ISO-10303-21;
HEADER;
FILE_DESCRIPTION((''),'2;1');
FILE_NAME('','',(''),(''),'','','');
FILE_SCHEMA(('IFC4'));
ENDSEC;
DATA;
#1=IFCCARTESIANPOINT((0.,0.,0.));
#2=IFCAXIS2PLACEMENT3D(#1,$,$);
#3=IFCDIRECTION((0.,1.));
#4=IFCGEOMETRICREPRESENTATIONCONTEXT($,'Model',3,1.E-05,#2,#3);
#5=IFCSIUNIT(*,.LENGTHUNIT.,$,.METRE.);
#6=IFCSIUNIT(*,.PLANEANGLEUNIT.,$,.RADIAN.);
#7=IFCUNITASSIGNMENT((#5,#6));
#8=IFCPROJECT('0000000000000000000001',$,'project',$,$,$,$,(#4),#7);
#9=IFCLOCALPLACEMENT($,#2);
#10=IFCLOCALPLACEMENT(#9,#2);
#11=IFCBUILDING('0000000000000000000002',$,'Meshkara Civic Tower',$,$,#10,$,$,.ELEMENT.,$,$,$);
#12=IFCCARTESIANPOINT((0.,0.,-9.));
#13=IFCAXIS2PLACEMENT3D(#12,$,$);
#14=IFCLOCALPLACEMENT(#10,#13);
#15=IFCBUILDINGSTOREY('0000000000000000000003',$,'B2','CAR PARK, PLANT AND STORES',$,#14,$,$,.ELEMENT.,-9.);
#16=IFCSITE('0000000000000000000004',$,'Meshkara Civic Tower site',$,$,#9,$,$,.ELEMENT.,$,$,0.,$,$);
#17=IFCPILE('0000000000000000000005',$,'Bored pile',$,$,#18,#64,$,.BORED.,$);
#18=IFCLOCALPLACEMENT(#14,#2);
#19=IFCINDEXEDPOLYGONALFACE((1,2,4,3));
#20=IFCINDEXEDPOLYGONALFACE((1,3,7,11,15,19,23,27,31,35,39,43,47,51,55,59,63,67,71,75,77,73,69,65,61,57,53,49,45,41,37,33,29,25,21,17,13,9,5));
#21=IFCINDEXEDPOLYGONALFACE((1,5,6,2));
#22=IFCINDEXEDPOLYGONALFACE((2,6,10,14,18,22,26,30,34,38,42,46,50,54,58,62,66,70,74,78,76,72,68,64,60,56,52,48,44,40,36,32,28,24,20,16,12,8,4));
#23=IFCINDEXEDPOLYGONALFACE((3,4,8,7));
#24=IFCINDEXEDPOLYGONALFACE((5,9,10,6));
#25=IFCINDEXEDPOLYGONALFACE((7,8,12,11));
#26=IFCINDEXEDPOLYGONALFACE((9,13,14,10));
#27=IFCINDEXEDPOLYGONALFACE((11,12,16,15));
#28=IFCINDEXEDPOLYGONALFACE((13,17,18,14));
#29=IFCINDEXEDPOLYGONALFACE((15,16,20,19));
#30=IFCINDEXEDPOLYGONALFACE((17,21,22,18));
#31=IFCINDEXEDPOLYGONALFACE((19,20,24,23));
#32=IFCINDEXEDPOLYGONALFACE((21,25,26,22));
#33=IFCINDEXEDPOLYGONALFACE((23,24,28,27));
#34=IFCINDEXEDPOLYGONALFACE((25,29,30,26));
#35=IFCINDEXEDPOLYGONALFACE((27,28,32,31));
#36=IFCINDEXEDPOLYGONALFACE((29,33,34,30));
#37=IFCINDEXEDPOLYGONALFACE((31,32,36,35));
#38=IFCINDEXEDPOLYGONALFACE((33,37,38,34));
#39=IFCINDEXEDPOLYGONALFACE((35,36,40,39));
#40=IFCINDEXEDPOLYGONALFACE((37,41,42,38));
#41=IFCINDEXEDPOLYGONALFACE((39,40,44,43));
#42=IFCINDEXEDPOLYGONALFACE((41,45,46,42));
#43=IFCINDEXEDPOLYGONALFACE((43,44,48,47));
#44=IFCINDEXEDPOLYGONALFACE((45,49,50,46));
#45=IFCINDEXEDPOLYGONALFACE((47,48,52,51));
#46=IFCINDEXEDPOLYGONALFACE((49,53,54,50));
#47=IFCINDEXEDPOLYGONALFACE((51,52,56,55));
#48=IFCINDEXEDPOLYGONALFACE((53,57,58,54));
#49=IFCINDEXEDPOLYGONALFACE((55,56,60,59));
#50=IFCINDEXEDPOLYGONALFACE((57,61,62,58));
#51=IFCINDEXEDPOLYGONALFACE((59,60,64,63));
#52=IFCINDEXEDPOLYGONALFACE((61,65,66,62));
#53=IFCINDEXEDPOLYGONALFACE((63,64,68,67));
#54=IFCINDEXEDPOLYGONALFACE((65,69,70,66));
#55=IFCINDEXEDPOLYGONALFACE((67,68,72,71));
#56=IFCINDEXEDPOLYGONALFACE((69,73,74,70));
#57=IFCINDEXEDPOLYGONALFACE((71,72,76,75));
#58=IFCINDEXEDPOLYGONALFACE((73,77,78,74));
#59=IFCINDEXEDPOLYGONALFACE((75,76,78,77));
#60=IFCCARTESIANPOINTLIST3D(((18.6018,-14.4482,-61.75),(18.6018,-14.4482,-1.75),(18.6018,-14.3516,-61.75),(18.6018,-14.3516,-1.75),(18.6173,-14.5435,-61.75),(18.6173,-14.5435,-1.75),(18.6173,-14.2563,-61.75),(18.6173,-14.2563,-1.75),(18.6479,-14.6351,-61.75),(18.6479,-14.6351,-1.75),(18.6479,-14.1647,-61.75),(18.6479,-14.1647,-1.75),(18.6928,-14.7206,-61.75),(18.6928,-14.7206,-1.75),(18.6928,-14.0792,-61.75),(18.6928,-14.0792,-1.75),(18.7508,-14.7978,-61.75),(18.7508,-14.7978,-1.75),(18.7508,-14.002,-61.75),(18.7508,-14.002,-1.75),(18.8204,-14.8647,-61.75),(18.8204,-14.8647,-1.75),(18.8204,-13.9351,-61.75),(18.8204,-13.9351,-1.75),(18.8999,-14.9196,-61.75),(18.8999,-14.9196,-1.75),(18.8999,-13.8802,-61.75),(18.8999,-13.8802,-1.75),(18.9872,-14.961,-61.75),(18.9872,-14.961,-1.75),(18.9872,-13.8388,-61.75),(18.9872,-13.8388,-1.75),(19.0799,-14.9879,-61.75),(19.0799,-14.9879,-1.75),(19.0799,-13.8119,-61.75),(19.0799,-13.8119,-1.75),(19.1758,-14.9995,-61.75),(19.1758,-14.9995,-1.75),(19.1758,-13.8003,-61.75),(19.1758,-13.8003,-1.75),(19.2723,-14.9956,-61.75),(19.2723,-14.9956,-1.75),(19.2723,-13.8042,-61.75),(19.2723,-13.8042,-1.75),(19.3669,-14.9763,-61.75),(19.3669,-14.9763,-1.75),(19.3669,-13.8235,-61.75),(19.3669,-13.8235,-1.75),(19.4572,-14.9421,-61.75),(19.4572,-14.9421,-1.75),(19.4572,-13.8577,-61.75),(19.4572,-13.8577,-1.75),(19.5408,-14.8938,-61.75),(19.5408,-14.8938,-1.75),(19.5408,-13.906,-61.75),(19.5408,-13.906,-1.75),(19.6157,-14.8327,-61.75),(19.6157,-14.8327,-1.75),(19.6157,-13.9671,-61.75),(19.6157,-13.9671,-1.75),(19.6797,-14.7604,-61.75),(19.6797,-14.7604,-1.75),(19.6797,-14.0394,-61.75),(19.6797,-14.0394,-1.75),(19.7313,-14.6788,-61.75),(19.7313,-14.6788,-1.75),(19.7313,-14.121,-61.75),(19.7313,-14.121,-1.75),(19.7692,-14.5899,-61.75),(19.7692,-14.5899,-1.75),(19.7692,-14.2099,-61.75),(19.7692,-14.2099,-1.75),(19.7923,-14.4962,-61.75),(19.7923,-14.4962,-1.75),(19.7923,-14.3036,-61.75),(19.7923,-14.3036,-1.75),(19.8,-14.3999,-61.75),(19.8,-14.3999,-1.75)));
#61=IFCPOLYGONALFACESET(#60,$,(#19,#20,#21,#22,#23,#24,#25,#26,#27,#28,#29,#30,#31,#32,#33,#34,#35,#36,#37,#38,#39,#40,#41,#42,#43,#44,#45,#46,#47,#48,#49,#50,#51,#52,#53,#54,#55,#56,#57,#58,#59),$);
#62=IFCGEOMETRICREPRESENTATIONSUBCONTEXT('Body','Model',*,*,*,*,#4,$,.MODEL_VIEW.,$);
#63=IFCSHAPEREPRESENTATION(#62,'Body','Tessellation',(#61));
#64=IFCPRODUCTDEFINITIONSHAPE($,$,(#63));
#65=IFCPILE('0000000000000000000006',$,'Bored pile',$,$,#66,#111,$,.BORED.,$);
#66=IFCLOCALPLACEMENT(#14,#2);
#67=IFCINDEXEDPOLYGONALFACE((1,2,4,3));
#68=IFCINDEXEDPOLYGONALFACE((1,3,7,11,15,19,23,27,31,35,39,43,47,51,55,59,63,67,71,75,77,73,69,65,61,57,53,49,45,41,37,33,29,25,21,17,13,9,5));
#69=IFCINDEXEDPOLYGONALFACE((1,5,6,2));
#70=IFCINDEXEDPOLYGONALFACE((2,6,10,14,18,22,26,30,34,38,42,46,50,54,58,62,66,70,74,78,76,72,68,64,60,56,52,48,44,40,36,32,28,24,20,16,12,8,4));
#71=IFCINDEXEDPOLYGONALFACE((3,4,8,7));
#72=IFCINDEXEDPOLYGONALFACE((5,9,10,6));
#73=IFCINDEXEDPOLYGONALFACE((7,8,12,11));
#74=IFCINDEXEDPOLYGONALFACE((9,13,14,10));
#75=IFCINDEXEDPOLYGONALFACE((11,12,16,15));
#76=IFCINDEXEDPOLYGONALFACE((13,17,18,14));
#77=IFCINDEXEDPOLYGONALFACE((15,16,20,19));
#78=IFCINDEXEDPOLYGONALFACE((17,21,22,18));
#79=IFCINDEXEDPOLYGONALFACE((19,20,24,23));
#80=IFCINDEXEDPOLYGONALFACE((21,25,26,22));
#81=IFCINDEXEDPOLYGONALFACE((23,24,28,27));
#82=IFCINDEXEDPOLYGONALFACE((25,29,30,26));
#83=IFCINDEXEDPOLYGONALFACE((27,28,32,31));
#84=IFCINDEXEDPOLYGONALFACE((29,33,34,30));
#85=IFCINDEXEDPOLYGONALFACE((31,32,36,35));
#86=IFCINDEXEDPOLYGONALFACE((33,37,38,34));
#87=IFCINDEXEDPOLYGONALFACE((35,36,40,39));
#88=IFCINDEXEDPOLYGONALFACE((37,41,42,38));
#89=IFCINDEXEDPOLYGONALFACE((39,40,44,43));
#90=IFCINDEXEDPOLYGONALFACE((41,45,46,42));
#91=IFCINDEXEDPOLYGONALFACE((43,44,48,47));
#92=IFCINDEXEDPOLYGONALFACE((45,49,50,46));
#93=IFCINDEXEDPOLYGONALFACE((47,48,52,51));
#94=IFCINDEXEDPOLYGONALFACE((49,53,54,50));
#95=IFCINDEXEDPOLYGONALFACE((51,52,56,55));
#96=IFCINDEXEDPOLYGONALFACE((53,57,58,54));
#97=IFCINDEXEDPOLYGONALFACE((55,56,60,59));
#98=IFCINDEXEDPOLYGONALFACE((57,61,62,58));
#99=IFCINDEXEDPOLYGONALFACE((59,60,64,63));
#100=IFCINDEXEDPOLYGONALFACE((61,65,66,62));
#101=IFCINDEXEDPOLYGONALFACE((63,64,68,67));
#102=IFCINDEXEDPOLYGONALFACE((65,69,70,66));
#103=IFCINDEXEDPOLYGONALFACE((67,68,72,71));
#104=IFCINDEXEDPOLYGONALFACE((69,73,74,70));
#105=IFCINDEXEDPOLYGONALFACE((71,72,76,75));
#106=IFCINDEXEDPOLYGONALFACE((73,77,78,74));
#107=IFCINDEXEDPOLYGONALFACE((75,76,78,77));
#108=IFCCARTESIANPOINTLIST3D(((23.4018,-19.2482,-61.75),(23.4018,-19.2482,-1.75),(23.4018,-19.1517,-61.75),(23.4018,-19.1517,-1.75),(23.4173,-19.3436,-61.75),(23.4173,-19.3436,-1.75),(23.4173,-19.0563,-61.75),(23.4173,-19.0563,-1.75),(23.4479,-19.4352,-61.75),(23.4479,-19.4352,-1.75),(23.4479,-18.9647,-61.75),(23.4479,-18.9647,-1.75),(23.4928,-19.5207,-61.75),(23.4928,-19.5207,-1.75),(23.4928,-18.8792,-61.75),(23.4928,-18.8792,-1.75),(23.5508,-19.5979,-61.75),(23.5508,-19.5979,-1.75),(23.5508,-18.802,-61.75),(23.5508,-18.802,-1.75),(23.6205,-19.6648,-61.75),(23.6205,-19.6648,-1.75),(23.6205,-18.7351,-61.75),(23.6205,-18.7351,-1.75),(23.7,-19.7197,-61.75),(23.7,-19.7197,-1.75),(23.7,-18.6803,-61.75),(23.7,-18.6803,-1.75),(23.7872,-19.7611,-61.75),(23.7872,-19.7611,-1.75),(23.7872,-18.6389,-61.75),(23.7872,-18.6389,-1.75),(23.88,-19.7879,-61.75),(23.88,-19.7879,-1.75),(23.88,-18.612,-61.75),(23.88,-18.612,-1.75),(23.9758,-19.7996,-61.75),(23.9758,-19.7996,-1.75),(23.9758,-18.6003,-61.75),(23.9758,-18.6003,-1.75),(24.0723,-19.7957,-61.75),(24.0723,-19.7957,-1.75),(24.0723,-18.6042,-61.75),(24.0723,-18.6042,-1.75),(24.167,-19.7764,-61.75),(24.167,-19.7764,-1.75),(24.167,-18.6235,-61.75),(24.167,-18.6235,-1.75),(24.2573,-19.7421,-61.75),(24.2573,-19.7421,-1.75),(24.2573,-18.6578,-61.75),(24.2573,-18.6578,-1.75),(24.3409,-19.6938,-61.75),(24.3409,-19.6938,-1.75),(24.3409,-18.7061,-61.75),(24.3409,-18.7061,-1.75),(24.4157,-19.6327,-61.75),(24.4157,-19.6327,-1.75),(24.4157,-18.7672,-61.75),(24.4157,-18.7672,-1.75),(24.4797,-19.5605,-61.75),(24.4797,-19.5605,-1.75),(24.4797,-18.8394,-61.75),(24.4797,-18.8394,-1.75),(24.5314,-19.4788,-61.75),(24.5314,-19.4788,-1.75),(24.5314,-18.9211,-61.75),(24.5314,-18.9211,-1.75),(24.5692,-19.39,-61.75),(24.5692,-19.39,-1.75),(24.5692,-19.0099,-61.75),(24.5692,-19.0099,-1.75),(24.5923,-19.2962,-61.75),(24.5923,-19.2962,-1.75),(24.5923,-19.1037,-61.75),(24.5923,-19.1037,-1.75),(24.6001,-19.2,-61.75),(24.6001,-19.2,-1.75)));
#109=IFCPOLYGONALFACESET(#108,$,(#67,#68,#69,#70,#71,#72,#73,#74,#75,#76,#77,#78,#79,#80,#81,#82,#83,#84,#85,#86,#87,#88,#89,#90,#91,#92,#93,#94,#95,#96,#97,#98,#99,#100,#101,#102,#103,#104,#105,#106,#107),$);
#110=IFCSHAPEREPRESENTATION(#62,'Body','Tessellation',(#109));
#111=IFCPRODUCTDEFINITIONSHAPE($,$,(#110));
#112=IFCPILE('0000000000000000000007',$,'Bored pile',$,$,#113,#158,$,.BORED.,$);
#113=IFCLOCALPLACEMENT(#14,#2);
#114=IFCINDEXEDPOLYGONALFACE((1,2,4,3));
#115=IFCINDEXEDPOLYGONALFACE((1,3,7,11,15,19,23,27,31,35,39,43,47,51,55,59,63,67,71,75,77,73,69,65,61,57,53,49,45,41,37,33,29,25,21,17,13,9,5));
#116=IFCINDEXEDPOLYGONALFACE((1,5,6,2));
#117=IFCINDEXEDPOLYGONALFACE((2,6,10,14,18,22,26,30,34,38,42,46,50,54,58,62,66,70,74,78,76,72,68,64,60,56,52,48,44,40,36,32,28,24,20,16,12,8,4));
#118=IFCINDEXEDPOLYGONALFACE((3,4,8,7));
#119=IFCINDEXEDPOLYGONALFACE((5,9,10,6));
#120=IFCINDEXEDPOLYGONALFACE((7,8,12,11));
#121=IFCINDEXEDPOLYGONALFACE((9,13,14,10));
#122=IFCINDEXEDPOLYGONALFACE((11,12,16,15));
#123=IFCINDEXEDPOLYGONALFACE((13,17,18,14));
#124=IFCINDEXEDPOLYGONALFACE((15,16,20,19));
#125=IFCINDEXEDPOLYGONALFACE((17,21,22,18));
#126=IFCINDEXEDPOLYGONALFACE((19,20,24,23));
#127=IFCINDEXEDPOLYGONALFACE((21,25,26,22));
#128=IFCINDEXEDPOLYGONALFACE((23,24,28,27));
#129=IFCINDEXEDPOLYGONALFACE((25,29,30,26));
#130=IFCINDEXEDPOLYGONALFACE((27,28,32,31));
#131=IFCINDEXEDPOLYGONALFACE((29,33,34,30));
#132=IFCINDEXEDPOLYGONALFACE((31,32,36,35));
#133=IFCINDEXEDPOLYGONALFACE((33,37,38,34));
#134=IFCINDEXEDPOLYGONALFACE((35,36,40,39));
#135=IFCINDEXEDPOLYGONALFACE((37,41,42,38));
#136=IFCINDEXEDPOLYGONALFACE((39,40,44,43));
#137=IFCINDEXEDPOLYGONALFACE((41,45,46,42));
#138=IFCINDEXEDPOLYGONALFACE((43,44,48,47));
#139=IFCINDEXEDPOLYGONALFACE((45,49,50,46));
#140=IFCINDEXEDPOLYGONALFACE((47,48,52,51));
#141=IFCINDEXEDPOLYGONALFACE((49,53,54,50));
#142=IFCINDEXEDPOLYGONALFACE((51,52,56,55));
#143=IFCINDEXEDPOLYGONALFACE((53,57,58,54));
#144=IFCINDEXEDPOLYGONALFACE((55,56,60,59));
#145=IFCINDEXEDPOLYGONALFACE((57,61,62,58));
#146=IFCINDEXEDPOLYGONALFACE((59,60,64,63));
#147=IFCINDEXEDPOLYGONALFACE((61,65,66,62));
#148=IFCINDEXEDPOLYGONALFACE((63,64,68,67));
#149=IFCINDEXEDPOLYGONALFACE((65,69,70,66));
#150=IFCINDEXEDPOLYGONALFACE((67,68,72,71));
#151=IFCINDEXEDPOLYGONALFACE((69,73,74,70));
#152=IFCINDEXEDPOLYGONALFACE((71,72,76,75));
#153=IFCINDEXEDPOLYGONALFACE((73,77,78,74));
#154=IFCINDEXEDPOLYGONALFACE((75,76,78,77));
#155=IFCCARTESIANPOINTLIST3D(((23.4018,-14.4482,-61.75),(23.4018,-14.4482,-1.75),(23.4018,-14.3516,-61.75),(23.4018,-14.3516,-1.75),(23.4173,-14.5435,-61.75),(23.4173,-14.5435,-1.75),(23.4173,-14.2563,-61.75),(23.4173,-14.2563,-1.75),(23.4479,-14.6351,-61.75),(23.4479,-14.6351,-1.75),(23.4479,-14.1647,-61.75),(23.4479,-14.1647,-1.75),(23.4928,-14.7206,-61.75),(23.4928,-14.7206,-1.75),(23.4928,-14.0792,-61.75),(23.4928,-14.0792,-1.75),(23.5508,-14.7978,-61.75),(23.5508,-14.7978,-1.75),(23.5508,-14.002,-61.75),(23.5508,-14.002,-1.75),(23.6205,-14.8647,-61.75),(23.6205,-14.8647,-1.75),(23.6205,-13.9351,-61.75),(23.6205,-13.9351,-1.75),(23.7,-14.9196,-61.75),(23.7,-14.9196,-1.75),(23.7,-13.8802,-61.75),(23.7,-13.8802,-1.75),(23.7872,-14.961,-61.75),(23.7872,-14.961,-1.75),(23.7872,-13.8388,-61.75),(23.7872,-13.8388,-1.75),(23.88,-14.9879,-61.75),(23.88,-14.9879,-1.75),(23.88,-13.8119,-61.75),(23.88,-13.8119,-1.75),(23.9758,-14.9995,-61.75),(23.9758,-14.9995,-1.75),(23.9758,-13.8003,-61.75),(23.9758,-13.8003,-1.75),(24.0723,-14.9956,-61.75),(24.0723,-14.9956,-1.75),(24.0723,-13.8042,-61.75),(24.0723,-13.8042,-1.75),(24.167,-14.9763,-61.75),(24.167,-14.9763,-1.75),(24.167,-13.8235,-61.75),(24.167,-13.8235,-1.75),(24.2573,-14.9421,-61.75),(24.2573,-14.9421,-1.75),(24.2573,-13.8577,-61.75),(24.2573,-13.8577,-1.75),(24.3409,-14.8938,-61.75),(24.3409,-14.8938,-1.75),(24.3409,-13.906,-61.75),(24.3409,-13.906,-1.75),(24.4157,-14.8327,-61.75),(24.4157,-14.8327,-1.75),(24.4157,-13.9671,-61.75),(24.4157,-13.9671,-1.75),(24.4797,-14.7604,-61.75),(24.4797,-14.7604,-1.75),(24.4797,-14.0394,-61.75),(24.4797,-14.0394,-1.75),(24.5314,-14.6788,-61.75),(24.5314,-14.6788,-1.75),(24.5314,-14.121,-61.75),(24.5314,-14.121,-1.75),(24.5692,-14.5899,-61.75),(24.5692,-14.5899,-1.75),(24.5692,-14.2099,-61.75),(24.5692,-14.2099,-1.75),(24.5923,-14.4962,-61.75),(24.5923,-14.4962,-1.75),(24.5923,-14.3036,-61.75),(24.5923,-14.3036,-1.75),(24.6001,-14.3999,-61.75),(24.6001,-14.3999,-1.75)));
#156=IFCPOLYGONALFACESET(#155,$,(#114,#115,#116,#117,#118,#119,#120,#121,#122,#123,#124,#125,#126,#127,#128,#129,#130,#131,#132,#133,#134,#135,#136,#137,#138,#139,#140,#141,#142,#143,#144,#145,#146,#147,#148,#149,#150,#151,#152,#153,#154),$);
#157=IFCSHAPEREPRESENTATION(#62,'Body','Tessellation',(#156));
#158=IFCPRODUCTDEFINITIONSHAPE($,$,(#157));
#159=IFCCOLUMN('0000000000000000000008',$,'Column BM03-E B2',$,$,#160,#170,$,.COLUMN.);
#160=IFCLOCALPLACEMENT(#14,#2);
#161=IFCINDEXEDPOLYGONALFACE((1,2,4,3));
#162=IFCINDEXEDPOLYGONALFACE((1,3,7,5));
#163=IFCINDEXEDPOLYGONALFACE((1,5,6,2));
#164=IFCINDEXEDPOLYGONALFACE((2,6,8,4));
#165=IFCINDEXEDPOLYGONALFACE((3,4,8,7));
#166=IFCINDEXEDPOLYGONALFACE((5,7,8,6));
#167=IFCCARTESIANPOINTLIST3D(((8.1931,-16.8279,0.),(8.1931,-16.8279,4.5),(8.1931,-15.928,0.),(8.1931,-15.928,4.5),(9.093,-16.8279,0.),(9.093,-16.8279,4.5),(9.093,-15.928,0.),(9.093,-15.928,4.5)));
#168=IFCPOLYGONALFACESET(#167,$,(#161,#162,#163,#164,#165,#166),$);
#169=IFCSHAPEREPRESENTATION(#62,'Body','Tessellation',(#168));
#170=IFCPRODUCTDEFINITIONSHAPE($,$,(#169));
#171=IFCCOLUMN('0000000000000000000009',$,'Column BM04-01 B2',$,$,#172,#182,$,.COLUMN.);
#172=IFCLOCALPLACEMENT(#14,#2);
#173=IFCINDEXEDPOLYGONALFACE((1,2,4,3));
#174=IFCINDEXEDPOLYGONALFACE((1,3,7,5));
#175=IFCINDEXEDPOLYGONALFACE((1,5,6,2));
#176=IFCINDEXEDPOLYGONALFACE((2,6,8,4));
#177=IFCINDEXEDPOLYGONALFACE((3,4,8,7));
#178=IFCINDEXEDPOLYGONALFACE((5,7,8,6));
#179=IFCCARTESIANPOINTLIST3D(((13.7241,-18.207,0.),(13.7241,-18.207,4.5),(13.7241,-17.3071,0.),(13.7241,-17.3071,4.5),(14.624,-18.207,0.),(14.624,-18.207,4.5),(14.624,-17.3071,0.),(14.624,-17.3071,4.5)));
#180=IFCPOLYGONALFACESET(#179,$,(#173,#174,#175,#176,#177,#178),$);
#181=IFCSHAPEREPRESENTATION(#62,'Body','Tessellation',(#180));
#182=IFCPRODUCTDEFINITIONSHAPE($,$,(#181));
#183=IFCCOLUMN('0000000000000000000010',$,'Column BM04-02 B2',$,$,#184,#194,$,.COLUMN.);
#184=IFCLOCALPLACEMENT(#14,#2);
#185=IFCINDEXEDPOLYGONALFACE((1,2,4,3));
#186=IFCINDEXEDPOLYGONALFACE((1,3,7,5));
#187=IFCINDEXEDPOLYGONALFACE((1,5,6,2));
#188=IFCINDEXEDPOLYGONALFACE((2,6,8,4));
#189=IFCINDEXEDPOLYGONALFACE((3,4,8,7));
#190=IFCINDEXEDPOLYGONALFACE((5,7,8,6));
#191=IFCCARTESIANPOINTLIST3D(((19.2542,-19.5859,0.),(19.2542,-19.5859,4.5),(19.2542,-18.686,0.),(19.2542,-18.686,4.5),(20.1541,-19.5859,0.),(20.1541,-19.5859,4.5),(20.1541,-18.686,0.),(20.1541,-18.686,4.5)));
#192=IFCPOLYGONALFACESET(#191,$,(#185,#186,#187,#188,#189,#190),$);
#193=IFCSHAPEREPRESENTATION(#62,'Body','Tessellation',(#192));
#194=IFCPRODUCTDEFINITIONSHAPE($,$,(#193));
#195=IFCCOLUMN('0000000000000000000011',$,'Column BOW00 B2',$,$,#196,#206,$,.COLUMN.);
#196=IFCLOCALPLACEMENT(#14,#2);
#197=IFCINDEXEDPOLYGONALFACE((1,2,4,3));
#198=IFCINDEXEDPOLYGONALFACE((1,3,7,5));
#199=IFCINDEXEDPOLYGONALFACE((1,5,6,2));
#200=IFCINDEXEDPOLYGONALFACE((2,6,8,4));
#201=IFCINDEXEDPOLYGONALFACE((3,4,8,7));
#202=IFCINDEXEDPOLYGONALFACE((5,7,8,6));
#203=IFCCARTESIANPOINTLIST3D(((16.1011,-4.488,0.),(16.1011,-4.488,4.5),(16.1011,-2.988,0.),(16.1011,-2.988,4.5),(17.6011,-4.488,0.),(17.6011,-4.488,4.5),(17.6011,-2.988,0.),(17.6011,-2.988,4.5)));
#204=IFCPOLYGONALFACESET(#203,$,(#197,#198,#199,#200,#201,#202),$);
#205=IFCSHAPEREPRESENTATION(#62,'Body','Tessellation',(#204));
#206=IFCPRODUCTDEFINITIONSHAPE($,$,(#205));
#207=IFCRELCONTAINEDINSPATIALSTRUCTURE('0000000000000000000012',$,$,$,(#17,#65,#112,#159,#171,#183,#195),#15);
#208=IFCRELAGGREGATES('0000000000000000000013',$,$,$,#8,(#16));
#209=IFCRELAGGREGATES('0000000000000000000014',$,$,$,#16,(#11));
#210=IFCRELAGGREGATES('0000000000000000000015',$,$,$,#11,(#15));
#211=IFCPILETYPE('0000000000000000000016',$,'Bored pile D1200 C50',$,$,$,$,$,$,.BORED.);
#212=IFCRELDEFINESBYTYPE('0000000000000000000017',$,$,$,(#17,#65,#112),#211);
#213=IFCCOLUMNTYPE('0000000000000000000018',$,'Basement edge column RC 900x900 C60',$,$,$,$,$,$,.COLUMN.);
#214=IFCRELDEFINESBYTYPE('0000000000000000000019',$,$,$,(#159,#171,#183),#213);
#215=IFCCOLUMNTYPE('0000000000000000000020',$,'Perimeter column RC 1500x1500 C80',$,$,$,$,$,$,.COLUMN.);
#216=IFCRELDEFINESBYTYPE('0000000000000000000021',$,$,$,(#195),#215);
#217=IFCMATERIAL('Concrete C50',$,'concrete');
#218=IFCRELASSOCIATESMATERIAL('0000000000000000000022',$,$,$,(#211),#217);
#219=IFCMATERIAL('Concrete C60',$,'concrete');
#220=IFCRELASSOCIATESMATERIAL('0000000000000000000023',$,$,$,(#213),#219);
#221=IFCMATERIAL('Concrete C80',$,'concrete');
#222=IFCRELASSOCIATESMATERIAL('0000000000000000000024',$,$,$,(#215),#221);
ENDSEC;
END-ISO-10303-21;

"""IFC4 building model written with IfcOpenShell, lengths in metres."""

from ifc_helpers import new_model, si_unit, direction, frame, origin, origin_2d, place, context, subcontext, project, spatial, rectangle, circle, extrude, material, material_profile, profile_set, type_object, element, save


model = new_model("IFC4")

# Units and contexts
model_context = context("Model", 3, precision=1e-05, world=origin(), true_north=direction((0.0, 1.0)))
body_context = subcontext(model_context, "Body", "Model", "MODEL_VIEW")
ifc_project = project(units=[si_unit("LENGTHUNIT", "METRE"), si_unit("PLANEANGLEUNIT", "RADIAN")], contexts=[model_context])

# Site, building, storey
site_placement = place(None, origin())
site = spatial("IfcSite", under=ifc_project, at=site_placement, Name="Meshkara Civic Tower site", CompositionType="ELEMENT", RefElevation=0.0)
building_placement = place(site_placement, origin())
building = spatial("IfcBuilding", under=site, at=building_placement, Name="Meshkara Civic Tower", CompositionType="ELEMENT")
storey_placement = place(building_placement, frame((0.0, 0.0, -9.0)))
storey = spatial("IfcBuildingStorey", under=building, at=storey_placement, Name="B2", Description="CAR PARK, PLANT AND STORES", CompositionType="ELEMENT", Elevation=-9.0)

# Piles
ifc_material_1 = material(Name="Concrete C50", Category="concrete")
ifc_material_profile_1 = material_profile(ifc_material_1, circle(Radius=0.6001, at=origin_2d()))
ifc_profile_set_1 = profile_set([ifc_material_profile_1], Name="Concrete C50")
pile_type = type_object("IfcPileType", Name="Bored pile D1200 C50", PredefinedType="BORED", material=ifc_profile_set_1)
for number, where, z_axis, x_axis, name in (
    (1, (19.2, -14.3999, -1.75), (0.0, 0.0, -1.0), (1.0, 0.0, 0.0), "Bored pile"),
    (2, (24.0, -19.2, -1.75), (0.0, 0.0, -1.0), (1.0, 0.0, 0.0), "Bored pile"),
    (3, (24.0, -14.3999, -1.75), (0.0, 0.0, -1.0), (1.0, 0.0, 0.0), "Bored pile"),
):
    element("IfcPile", number, at=place(storey_placement, frame(where, z_axis=z_axis, x_axis=x_axis)), inside=storey, type_object=pile_type, Name=name, PredefinedType="BORED", context=body_context, shape_type="SweptSolid", body=[
        extrude(circle(Radius=0.6001, at=origin_2d()), origin(), (0.0, 0.0, 1.0), 60.0),
    ])

# Columns
ifc_material_2 = material(Name="Concrete C60", Category="concrete")
ifc_material_profile_2 = material_profile(ifc_material_2, rectangle(XDim=0.8999, YDim=0.8999, at=origin_2d()))
ifc_profile_set_2 = profile_set([ifc_material_profile_2], Name="Concrete C60")
column_type_1 = type_object("IfcColumnType", Name="Basement edge column RC 900x900 C60", PredefinedType="COLUMN", material=ifc_profile_set_2)
for number, where, z_axis, x_axis, name in (
    (4, (8.6431, -16.3779, 0.0), (0.0, 0.0, 1.0), (1.0, 0.0, 0.0), "Column BM03-E B2"),
    (5, (14.1741, -17.7571, 0.0), (0.0, 0.0, 1.0), (1.0, 0.0, 0.0), "Column BM04-01 B2"),
    (6, (19.7041, -19.136, 0.0), (0.0, 0.0, 1.0), (1.0, 0.0, 0.0), "Column BM04-02 B2"),
):
    element("IfcColumn", number, at=place(storey_placement, frame(where, z_axis=z_axis, x_axis=x_axis)), inside=storey, type_object=column_type_1, Name=name, PredefinedType="COLUMN", context=body_context, shape_type="SweptSolid", body=[
        extrude(rectangle(XDim=0.8999, YDim=0.8999, at=origin_2d()), origin(), (0.0, 0.0, 1.0), 4.5),
    ])
ifc_material_3 = material(Name="Concrete C80", Category="concrete")
ifc_material_profile_3 = material_profile(ifc_material_3, rectangle(XDim=1.5, YDim=1.5, at=origin_2d()))
ifc_profile_set_3 = profile_set([ifc_material_profile_3], Name="Concrete C80")
column_type_2 = type_object("IfcColumnType", Name="Perimeter column RC 1500x1500 C80", PredefinedType="COLUMN", material=ifc_profile_set_3)
for number, where, z_axis, x_axis, name in (
    (7, (16.8511, -3.738, 0.0), (0.0, 0.0, 1.0), (1.0, 0.0, 0.0), "Column BOW00 B2"),
):
    element("IfcColumn", number, at=place(storey_placement, frame(where, z_axis=z_axis, x_axis=x_axis)), inside=storey, type_object=column_type_2, Name=name, PredefinedType="COLUMN", context=body_context, shape_type="SweptSolid", body=[
        extrude(rectangle(XDim=1.5, YDim=1.5, at=origin_2d()), origin(), (0.0, 0.0, 1.0), 4.5),
    ])

save(model, "model.ifc")
